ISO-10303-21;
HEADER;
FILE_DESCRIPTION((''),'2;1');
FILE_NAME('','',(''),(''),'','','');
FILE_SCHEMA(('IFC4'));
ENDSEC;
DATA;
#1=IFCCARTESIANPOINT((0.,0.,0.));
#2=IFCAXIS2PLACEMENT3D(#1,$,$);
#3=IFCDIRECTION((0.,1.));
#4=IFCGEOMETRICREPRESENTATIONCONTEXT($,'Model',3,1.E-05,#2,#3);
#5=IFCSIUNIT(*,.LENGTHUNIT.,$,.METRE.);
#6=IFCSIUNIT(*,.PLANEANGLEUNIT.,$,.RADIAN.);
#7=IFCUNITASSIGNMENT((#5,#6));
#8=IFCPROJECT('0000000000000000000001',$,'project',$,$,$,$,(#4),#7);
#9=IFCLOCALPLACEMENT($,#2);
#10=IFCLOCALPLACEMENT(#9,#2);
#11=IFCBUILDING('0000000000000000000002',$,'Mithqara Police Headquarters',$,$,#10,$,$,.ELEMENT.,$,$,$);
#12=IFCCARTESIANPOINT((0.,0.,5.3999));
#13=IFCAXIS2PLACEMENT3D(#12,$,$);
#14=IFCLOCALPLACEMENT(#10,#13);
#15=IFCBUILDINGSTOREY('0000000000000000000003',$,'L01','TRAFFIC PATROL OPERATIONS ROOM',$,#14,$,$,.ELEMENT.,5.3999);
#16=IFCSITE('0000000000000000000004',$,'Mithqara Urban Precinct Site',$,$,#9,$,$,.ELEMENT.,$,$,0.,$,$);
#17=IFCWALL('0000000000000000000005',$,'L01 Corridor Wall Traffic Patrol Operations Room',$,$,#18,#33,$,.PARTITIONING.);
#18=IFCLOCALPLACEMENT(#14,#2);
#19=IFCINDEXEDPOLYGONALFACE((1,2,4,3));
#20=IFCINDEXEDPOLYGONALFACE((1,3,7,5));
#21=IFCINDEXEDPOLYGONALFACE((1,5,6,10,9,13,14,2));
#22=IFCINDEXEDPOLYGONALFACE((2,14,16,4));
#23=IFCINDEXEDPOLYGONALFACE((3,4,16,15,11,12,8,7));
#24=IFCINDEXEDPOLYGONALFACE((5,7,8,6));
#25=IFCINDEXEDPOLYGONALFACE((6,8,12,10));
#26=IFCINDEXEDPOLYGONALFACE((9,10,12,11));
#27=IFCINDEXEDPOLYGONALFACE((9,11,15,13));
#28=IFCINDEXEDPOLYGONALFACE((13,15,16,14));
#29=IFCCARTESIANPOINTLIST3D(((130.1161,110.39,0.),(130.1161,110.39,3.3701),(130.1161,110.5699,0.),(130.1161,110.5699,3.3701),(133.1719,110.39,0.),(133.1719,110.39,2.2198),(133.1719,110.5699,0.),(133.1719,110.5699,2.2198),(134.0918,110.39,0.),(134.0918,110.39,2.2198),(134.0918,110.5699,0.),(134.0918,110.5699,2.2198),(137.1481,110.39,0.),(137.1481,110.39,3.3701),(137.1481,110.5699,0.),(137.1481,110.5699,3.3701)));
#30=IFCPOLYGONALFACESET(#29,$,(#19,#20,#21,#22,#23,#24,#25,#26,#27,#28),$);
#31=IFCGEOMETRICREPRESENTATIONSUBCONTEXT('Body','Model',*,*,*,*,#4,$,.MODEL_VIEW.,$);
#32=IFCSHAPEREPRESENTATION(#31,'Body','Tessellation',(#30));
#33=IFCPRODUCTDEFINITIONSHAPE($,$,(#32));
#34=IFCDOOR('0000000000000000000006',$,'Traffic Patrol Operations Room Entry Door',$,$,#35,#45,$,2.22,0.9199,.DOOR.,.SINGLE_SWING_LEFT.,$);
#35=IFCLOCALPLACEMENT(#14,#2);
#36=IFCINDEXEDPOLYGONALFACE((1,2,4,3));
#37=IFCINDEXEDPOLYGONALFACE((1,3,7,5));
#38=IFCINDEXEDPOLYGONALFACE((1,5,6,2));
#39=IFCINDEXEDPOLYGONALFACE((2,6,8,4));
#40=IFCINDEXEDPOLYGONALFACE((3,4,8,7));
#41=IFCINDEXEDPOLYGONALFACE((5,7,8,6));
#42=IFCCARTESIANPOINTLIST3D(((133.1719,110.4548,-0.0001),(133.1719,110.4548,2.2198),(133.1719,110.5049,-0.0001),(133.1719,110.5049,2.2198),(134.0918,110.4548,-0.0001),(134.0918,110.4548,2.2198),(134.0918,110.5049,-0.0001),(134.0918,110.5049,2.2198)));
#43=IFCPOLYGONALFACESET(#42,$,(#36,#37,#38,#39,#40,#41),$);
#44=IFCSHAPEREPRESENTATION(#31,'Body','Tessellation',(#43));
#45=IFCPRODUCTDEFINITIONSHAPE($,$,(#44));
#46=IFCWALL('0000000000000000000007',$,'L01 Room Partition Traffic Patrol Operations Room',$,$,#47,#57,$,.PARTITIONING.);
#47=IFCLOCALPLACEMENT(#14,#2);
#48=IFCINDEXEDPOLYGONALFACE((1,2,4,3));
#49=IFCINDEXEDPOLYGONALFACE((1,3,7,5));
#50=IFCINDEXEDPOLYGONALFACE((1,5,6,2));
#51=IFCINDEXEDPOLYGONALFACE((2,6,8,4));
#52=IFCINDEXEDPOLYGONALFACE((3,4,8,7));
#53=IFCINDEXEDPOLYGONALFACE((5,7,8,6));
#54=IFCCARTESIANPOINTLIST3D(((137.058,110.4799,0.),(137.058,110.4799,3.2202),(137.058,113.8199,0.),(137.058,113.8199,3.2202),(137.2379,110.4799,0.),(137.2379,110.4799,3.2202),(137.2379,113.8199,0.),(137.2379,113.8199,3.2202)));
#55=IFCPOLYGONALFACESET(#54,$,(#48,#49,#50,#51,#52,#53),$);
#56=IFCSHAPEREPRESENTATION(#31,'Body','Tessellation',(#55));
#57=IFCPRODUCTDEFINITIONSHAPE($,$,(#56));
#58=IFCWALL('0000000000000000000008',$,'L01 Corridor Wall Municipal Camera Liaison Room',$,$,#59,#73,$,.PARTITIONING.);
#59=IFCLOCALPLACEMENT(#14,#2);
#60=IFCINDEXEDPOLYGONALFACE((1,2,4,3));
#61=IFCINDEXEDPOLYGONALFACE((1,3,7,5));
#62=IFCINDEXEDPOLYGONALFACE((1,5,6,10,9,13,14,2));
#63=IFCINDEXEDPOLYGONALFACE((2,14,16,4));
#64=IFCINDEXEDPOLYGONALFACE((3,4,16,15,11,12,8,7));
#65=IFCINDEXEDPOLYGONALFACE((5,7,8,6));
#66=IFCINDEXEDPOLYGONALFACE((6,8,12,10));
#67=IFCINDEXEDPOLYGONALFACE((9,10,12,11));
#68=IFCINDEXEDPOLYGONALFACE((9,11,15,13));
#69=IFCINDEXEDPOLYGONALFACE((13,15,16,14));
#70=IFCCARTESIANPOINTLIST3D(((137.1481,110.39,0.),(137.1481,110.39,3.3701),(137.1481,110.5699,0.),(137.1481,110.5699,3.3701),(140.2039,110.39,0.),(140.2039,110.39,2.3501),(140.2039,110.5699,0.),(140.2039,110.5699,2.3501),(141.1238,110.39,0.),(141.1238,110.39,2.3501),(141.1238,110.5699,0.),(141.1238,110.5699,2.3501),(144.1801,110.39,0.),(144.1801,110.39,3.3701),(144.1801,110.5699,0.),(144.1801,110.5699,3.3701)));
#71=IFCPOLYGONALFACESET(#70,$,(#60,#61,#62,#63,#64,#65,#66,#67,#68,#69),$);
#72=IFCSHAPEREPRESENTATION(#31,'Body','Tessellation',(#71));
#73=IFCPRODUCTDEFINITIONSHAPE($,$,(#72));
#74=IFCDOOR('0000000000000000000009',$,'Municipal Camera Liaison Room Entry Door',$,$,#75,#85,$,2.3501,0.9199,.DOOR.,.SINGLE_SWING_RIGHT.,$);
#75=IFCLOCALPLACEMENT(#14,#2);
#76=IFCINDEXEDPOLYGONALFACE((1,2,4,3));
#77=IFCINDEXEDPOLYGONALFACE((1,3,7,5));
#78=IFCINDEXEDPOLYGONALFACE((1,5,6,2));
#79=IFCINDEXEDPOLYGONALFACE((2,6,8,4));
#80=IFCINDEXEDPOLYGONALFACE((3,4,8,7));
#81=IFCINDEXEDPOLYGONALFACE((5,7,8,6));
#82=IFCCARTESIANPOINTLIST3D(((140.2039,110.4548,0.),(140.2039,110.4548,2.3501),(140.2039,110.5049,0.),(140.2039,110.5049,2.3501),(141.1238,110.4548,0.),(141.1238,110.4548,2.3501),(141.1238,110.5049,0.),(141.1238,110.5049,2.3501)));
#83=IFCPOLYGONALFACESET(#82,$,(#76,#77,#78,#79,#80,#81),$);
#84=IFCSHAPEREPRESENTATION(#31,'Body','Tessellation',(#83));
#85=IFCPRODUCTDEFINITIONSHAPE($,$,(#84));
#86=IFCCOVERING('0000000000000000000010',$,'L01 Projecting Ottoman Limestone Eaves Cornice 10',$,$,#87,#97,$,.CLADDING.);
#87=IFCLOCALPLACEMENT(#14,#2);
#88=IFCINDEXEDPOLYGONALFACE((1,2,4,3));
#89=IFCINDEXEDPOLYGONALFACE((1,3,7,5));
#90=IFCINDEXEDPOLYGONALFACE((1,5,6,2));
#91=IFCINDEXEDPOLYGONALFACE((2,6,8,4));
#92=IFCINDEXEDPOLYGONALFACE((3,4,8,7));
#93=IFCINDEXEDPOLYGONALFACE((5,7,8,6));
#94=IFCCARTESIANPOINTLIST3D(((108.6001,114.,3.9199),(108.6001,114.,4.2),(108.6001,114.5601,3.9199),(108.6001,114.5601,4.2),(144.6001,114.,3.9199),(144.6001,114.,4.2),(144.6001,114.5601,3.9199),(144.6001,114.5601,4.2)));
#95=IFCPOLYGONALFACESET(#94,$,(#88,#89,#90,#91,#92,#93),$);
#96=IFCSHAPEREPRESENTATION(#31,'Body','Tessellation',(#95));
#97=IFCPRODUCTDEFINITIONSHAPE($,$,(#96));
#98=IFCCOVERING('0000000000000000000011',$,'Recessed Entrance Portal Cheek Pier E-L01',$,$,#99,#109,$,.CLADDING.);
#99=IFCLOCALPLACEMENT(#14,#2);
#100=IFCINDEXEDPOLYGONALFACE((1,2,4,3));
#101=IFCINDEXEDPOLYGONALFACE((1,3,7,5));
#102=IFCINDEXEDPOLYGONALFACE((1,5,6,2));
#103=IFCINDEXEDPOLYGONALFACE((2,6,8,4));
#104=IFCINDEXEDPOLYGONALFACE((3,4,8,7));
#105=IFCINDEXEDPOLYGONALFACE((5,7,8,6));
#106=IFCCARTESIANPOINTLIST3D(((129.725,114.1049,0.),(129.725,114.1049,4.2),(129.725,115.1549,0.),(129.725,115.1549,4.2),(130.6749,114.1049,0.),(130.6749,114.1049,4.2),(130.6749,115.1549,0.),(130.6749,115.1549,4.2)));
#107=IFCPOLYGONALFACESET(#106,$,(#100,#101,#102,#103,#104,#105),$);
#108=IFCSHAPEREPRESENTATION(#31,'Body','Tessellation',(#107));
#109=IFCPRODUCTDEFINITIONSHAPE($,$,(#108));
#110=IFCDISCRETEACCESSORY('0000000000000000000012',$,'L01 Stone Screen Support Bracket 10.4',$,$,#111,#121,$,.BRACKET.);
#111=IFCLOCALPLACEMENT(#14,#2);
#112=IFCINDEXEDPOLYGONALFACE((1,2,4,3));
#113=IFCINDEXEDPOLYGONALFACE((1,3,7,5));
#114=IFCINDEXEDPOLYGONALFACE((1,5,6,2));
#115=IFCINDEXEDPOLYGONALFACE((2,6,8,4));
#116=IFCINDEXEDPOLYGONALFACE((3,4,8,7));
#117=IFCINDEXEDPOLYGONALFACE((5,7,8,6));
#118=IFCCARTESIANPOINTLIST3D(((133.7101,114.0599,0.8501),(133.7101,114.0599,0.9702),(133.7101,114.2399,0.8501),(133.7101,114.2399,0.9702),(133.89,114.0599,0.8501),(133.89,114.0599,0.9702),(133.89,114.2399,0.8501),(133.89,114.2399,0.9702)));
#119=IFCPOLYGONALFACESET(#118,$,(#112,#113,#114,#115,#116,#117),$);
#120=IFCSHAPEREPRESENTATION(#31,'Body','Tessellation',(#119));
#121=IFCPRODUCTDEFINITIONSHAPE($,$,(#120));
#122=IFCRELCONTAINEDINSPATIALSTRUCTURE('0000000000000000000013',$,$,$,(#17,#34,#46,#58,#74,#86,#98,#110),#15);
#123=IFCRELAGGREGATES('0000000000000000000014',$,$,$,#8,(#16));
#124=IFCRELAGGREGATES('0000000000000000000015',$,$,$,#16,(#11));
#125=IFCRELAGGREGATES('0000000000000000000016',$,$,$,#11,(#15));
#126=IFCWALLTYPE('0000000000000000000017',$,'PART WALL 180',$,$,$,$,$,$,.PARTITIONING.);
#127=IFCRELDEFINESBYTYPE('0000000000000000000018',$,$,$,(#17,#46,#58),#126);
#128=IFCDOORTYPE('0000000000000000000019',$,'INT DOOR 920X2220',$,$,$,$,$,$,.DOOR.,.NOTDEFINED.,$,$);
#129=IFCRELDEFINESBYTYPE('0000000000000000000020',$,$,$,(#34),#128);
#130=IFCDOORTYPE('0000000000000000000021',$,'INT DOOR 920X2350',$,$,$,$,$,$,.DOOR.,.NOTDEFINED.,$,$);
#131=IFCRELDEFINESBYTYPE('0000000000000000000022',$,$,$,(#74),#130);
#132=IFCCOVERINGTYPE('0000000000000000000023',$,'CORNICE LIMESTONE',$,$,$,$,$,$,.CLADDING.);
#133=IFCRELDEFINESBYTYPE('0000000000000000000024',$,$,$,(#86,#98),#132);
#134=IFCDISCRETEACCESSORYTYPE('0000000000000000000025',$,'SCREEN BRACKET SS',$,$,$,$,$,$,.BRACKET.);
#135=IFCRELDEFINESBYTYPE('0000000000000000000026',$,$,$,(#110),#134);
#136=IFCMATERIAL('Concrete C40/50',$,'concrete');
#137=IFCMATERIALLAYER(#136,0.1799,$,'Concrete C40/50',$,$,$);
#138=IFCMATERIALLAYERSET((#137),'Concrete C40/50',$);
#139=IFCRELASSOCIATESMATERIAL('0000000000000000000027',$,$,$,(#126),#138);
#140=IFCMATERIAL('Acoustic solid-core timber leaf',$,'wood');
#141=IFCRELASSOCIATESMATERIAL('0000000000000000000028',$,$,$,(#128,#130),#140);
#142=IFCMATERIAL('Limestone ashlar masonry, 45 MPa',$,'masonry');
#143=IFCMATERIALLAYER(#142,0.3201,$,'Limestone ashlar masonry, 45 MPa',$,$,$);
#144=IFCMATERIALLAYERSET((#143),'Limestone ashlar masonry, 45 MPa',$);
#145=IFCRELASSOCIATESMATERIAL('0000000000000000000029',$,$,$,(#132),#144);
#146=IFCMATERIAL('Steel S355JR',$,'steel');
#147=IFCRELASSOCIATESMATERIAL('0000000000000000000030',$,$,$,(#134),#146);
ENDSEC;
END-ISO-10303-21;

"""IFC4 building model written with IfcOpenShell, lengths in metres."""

from ifc_helpers import new_model, si_unit, direction, frame, frame_2d, origin, origin_2d, place, context, subcontext, project, spatial, rectangle, extrude, material, layer, layer_set, type_object, element, fill, save


model = new_model("IFC4")

# Units and contexts
model_context = context("Model", 3, precision=1e-05, world=origin(), true_north=direction((0.0, 1.0)))
body_context = subcontext(model_context, "Body", "Model", "MODEL_VIEW")
ifc_project = project(units=[si_unit("LENGTHUNIT", "METRE"), si_unit("PLANEANGLEUNIT", "RADIAN")], contexts=[model_context])

# Site, building, storey
site_placement = place(None, origin())
site = spatial("IfcSite", under=ifc_project, at=site_placement, Name="Mithqara Urban Precinct Site", CompositionType="ELEMENT", RefElevation=0.0)
building_placement = place(site_placement, origin())
building = spatial("IfcBuilding", under=site, at=building_placement, Name="Mithqara Police Headquarters", CompositionType="ELEMENT")
storey_placement = place(building_placement, frame((0.0, 0.0, 5.3999)))
storey = spatial("IfcBuildingStorey", under=building, at=storey_placement, Name="L01", Description="TRAFFIC PATROL OPERATIONS ROOM", CompositionType="ELEMENT", Elevation=5.3999)

# Shared definitions
ifc_material_1 = material(Name="Steel S355JR", Category="steel")
ifc_material_2 = material(Name="Concrete C40/50", Category="concrete")

# Shared definitions
ifc_material_3 = material(Name="Limestone ashlar masonry, 45 MPa", Category="masonry")

# Shared definitions
ifc_layer_1 = layer(ifc_material_2, 0.1799, Name="Concrete C40/50")
ifc_layer_set_1 = layer_set([ifc_layer_1], Name="Concrete C40/50")
wall_type = type_object("IfcWallType", Name="PART WALL 180", PredefinedType="PARTITIONING", material=ifc_layer_set_1)

# Wall, opening, door
wall_1_placement = place(storey_placement, frame((130.116, 110.48, 0.0), z_axis=(0.0, 0.0, 1.0), x_axis=(1.0, 0.0, 0.0)))
wall_1 = element("IfcWall", 1, at=wall_1_placement, inside=storey, type_object=wall_type, Name="L01 Corridor Wall Traffic Patrol Operations Room", PredefinedType="PARTITIONING", context=body_context, shape_type="SweptSolid", body=[
    extrude(rectangle(XDim=7.032, YDim=0.1799, at=frame_2d((3.5161, 0.0))), origin(), (0.0, 0.0, 1.0), 3.3701),
])
opening_1_placement = place(wall_1_placement, frame((3.0559, 0.0, 0.0)))
opening_1 = element("IfcOpeningElement", 2, at=opening_1_placement, cuts=wall_1, PredefinedType="OPENING", context=body_context, shape_type="SweptSolid", body=[
    extrude(rectangle(XDim=0.9199, YDim=2.22, at=frame_2d((0.46, 1.1099))), frame((0.0, 0.1001, 0.0), z_axis=(0.0, -1.0, 0.0), x_axis=(1.0, 0.0, 0.0)), (0.0, 0.0, 1.0), 0.2),
])
ifc_material_4 = material(Name="Acoustic solid-core timber leaf", Category="wood")
door_type_1 = type_object("IfcDoorType", Name="INT DOOR 920X2220", OperationType="NOTDEFINED", PredefinedType="DOOR", material=ifc_material_4)
door_1_placement = place(opening_1_placement, origin())
door_1 = element("IfcDoor", 3, at=door_1_placement, inside=storey, type_object=door_type_1, Name="Traffic Patrol Operations Room Entry Door", OperationType="SINGLE_SWING_LEFT", OverallHeight=2.22, OverallWidth=0.9199, PredefinedType="DOOR", context=body_context, shape_type="SweptSolid", body=[
    extrude(rectangle(XDim=0.9199, YDim=2.22, at=frame_2d((0.46, 1.1099))), frame((0.0, 0.0249, 0.0), z_axis=(0.0, -1.0, 0.0), x_axis=(1.0, 0.0, 0.0)), (0.0, 0.0, 1.0), 0.05),
])
fill(opening_1, door_1)

# Wall
wall_2_placement = place(storey_placement, frame((137.1479, 110.48, 0.0), z_axis=(0.0, 0.0, 1.0), x_axis=(0.0, 1.0, 0.0)))
element("IfcWall", 4, at=wall_2_placement, inside=storey, type_object=wall_type, Name="L01 Room Partition Traffic Patrol Operations Room", PredefinedType="PARTITIONING", context=body_context, shape_type="SweptSolid", body=[
    extrude(rectangle(XDim=3.3401, YDim=0.1799, at=frame_2d((1.6699, 0.0))), origin(), (0.0, 0.0, 1.0), 3.2202),
])

# Wall, opening, door
wall_3_placement = place(storey_placement, frame((137.1479, 110.48, 0.0), z_axis=(0.0, 0.0, 1.0), x_axis=(1.0, 0.0, 0.0)))
wall_3 = element("IfcWall", 5, at=wall_3_placement, inside=storey, type_object=wall_type, Name="L01 Corridor Wall Municipal Camera Liaison Room", PredefinedType="PARTITIONING", context=body_context, shape_type="SweptSolid", body=[
    extrude(rectangle(XDim=7.032, YDim=0.1799, at=frame_2d((3.5161, 0.0))), origin(), (0.0, 0.0, 1.0), 3.3701),
])
opening_2_placement = place(wall_3_placement, frame((3.0559, 0.0, 0.0)))
opening_2 = element("IfcOpeningElement", 6, at=opening_2_placement, cuts=wall_3, PredefinedType="OPENING", context=body_context, shape_type="SweptSolid", body=[
    extrude(rectangle(XDim=0.9199, YDim=2.3501, at=frame_2d((0.46, 1.175))), frame((0.0, 0.1001, 0.0), z_axis=(0.0, -1.0, 0.0), x_axis=(1.0, 0.0, 0.0)), (0.0, 0.0, 1.0), 0.2),
])
door_type_2 = type_object("IfcDoorType", Name="INT DOOR 920X2350", OperationType="NOTDEFINED", PredefinedType="DOOR", material=ifc_material_4)
door_2_placement = place(opening_2_placement, origin())
door_2 = element("IfcDoor", 7, at=door_2_placement, inside=storey, type_object=door_type_2, Name="Municipal Camera Liaison Room Entry Door", OperationType="SINGLE_SWING_RIGHT", OverallHeight=2.3501, OverallWidth=0.9199, PredefinedType="DOOR", context=body_context, shape_type="SweptSolid", body=[
    extrude(rectangle(XDim=0.9199, YDim=2.3501, at=frame_2d((0.46, 1.175))), frame((0.0, 0.0249, 0.0), z_axis=(0.0, -1.0, 0.0), x_axis=(1.0, 0.0, 0.0)), (0.0, 0.0, 1.0), 0.05),
])
fill(opening_2, door_2)

# Coverings
ifc_layer_2 = layer(ifc_material_3, 0.3201, Name="Limestone ashlar masonry, 45 MPa")
ifc_layer_set_2 = layer_set([ifc_layer_2], Name="Limestone ashlar masonry, 45 MPa")
covering_type = type_object("IfcCoveringType", Name="CORNICE LIMESTONE", PredefinedType="CLADDING", material=ifc_layer_set_2)
covering_1_placement = place(storey_placement, frame((126.6001, 114.28, 3.9199), z_axis=(0.0, 0.0, 1.0), x_axis=(1.0, 0.0, 0.0)))
element("IfcCovering", 8, at=covering_1_placement, inside=storey, type_object=covering_type, Name="L01 Projecting Ottoman Limestone Eaves Cornice 10", PredefinedType="CLADDING", context=body_context, shape_type="SweptSolid", body=[
    extrude(rectangle(XDim=36.0, YDim=0.5601, at=origin_2d()), origin(), (0.0, 0.0, 1.0), 0.28),
])
covering_2_placement = place(storey_placement, frame((130.2, 114.6299, 0.0), z_axis=(0.0, 0.0, 1.0), x_axis=(1.0, 0.0, 0.0)))
element("IfcCovering", 9, at=covering_2_placement, inside=storey, type_object=covering_type, Name="Recessed Entrance Portal Cheek Pier E-L01", PredefinedType="CLADDING", context=body_context, shape_type="SweptSolid", body=[
    extrude(rectangle(XDim=0.95, YDim=1.05, at=origin_2d()), origin(), (0.0, 0.0, 1.0), 4.2),
])

# Discrete accessory
discrete_accessory_type = type_object("IfcDiscreteAccessoryType", Name="SCREEN BRACKET SS", PredefinedType="BRACKET", material=ifc_material_1)
discrete_accessory_placement = place(storey_placement, frame((133.8, 114.1499, 0.8501), z_axis=(0.0, 0.0, 1.0), x_axis=(1.0, 0.0, 0.0)))
element("IfcDiscreteAccessory", 10, at=discrete_accessory_placement, inside=storey, type_object=discrete_accessory_type, Name="L01 Stone Screen Support Bracket 10.4", PredefinedType="BRACKET", context=body_context, shape_type="SweptSolid", body=[
    extrude(rectangle(XDim=0.1799, YDim=0.1799, at=origin_2d()), origin(), (0.0, 0.0, 1.0), 0.1201),
])

save(model, "model.ifc")
